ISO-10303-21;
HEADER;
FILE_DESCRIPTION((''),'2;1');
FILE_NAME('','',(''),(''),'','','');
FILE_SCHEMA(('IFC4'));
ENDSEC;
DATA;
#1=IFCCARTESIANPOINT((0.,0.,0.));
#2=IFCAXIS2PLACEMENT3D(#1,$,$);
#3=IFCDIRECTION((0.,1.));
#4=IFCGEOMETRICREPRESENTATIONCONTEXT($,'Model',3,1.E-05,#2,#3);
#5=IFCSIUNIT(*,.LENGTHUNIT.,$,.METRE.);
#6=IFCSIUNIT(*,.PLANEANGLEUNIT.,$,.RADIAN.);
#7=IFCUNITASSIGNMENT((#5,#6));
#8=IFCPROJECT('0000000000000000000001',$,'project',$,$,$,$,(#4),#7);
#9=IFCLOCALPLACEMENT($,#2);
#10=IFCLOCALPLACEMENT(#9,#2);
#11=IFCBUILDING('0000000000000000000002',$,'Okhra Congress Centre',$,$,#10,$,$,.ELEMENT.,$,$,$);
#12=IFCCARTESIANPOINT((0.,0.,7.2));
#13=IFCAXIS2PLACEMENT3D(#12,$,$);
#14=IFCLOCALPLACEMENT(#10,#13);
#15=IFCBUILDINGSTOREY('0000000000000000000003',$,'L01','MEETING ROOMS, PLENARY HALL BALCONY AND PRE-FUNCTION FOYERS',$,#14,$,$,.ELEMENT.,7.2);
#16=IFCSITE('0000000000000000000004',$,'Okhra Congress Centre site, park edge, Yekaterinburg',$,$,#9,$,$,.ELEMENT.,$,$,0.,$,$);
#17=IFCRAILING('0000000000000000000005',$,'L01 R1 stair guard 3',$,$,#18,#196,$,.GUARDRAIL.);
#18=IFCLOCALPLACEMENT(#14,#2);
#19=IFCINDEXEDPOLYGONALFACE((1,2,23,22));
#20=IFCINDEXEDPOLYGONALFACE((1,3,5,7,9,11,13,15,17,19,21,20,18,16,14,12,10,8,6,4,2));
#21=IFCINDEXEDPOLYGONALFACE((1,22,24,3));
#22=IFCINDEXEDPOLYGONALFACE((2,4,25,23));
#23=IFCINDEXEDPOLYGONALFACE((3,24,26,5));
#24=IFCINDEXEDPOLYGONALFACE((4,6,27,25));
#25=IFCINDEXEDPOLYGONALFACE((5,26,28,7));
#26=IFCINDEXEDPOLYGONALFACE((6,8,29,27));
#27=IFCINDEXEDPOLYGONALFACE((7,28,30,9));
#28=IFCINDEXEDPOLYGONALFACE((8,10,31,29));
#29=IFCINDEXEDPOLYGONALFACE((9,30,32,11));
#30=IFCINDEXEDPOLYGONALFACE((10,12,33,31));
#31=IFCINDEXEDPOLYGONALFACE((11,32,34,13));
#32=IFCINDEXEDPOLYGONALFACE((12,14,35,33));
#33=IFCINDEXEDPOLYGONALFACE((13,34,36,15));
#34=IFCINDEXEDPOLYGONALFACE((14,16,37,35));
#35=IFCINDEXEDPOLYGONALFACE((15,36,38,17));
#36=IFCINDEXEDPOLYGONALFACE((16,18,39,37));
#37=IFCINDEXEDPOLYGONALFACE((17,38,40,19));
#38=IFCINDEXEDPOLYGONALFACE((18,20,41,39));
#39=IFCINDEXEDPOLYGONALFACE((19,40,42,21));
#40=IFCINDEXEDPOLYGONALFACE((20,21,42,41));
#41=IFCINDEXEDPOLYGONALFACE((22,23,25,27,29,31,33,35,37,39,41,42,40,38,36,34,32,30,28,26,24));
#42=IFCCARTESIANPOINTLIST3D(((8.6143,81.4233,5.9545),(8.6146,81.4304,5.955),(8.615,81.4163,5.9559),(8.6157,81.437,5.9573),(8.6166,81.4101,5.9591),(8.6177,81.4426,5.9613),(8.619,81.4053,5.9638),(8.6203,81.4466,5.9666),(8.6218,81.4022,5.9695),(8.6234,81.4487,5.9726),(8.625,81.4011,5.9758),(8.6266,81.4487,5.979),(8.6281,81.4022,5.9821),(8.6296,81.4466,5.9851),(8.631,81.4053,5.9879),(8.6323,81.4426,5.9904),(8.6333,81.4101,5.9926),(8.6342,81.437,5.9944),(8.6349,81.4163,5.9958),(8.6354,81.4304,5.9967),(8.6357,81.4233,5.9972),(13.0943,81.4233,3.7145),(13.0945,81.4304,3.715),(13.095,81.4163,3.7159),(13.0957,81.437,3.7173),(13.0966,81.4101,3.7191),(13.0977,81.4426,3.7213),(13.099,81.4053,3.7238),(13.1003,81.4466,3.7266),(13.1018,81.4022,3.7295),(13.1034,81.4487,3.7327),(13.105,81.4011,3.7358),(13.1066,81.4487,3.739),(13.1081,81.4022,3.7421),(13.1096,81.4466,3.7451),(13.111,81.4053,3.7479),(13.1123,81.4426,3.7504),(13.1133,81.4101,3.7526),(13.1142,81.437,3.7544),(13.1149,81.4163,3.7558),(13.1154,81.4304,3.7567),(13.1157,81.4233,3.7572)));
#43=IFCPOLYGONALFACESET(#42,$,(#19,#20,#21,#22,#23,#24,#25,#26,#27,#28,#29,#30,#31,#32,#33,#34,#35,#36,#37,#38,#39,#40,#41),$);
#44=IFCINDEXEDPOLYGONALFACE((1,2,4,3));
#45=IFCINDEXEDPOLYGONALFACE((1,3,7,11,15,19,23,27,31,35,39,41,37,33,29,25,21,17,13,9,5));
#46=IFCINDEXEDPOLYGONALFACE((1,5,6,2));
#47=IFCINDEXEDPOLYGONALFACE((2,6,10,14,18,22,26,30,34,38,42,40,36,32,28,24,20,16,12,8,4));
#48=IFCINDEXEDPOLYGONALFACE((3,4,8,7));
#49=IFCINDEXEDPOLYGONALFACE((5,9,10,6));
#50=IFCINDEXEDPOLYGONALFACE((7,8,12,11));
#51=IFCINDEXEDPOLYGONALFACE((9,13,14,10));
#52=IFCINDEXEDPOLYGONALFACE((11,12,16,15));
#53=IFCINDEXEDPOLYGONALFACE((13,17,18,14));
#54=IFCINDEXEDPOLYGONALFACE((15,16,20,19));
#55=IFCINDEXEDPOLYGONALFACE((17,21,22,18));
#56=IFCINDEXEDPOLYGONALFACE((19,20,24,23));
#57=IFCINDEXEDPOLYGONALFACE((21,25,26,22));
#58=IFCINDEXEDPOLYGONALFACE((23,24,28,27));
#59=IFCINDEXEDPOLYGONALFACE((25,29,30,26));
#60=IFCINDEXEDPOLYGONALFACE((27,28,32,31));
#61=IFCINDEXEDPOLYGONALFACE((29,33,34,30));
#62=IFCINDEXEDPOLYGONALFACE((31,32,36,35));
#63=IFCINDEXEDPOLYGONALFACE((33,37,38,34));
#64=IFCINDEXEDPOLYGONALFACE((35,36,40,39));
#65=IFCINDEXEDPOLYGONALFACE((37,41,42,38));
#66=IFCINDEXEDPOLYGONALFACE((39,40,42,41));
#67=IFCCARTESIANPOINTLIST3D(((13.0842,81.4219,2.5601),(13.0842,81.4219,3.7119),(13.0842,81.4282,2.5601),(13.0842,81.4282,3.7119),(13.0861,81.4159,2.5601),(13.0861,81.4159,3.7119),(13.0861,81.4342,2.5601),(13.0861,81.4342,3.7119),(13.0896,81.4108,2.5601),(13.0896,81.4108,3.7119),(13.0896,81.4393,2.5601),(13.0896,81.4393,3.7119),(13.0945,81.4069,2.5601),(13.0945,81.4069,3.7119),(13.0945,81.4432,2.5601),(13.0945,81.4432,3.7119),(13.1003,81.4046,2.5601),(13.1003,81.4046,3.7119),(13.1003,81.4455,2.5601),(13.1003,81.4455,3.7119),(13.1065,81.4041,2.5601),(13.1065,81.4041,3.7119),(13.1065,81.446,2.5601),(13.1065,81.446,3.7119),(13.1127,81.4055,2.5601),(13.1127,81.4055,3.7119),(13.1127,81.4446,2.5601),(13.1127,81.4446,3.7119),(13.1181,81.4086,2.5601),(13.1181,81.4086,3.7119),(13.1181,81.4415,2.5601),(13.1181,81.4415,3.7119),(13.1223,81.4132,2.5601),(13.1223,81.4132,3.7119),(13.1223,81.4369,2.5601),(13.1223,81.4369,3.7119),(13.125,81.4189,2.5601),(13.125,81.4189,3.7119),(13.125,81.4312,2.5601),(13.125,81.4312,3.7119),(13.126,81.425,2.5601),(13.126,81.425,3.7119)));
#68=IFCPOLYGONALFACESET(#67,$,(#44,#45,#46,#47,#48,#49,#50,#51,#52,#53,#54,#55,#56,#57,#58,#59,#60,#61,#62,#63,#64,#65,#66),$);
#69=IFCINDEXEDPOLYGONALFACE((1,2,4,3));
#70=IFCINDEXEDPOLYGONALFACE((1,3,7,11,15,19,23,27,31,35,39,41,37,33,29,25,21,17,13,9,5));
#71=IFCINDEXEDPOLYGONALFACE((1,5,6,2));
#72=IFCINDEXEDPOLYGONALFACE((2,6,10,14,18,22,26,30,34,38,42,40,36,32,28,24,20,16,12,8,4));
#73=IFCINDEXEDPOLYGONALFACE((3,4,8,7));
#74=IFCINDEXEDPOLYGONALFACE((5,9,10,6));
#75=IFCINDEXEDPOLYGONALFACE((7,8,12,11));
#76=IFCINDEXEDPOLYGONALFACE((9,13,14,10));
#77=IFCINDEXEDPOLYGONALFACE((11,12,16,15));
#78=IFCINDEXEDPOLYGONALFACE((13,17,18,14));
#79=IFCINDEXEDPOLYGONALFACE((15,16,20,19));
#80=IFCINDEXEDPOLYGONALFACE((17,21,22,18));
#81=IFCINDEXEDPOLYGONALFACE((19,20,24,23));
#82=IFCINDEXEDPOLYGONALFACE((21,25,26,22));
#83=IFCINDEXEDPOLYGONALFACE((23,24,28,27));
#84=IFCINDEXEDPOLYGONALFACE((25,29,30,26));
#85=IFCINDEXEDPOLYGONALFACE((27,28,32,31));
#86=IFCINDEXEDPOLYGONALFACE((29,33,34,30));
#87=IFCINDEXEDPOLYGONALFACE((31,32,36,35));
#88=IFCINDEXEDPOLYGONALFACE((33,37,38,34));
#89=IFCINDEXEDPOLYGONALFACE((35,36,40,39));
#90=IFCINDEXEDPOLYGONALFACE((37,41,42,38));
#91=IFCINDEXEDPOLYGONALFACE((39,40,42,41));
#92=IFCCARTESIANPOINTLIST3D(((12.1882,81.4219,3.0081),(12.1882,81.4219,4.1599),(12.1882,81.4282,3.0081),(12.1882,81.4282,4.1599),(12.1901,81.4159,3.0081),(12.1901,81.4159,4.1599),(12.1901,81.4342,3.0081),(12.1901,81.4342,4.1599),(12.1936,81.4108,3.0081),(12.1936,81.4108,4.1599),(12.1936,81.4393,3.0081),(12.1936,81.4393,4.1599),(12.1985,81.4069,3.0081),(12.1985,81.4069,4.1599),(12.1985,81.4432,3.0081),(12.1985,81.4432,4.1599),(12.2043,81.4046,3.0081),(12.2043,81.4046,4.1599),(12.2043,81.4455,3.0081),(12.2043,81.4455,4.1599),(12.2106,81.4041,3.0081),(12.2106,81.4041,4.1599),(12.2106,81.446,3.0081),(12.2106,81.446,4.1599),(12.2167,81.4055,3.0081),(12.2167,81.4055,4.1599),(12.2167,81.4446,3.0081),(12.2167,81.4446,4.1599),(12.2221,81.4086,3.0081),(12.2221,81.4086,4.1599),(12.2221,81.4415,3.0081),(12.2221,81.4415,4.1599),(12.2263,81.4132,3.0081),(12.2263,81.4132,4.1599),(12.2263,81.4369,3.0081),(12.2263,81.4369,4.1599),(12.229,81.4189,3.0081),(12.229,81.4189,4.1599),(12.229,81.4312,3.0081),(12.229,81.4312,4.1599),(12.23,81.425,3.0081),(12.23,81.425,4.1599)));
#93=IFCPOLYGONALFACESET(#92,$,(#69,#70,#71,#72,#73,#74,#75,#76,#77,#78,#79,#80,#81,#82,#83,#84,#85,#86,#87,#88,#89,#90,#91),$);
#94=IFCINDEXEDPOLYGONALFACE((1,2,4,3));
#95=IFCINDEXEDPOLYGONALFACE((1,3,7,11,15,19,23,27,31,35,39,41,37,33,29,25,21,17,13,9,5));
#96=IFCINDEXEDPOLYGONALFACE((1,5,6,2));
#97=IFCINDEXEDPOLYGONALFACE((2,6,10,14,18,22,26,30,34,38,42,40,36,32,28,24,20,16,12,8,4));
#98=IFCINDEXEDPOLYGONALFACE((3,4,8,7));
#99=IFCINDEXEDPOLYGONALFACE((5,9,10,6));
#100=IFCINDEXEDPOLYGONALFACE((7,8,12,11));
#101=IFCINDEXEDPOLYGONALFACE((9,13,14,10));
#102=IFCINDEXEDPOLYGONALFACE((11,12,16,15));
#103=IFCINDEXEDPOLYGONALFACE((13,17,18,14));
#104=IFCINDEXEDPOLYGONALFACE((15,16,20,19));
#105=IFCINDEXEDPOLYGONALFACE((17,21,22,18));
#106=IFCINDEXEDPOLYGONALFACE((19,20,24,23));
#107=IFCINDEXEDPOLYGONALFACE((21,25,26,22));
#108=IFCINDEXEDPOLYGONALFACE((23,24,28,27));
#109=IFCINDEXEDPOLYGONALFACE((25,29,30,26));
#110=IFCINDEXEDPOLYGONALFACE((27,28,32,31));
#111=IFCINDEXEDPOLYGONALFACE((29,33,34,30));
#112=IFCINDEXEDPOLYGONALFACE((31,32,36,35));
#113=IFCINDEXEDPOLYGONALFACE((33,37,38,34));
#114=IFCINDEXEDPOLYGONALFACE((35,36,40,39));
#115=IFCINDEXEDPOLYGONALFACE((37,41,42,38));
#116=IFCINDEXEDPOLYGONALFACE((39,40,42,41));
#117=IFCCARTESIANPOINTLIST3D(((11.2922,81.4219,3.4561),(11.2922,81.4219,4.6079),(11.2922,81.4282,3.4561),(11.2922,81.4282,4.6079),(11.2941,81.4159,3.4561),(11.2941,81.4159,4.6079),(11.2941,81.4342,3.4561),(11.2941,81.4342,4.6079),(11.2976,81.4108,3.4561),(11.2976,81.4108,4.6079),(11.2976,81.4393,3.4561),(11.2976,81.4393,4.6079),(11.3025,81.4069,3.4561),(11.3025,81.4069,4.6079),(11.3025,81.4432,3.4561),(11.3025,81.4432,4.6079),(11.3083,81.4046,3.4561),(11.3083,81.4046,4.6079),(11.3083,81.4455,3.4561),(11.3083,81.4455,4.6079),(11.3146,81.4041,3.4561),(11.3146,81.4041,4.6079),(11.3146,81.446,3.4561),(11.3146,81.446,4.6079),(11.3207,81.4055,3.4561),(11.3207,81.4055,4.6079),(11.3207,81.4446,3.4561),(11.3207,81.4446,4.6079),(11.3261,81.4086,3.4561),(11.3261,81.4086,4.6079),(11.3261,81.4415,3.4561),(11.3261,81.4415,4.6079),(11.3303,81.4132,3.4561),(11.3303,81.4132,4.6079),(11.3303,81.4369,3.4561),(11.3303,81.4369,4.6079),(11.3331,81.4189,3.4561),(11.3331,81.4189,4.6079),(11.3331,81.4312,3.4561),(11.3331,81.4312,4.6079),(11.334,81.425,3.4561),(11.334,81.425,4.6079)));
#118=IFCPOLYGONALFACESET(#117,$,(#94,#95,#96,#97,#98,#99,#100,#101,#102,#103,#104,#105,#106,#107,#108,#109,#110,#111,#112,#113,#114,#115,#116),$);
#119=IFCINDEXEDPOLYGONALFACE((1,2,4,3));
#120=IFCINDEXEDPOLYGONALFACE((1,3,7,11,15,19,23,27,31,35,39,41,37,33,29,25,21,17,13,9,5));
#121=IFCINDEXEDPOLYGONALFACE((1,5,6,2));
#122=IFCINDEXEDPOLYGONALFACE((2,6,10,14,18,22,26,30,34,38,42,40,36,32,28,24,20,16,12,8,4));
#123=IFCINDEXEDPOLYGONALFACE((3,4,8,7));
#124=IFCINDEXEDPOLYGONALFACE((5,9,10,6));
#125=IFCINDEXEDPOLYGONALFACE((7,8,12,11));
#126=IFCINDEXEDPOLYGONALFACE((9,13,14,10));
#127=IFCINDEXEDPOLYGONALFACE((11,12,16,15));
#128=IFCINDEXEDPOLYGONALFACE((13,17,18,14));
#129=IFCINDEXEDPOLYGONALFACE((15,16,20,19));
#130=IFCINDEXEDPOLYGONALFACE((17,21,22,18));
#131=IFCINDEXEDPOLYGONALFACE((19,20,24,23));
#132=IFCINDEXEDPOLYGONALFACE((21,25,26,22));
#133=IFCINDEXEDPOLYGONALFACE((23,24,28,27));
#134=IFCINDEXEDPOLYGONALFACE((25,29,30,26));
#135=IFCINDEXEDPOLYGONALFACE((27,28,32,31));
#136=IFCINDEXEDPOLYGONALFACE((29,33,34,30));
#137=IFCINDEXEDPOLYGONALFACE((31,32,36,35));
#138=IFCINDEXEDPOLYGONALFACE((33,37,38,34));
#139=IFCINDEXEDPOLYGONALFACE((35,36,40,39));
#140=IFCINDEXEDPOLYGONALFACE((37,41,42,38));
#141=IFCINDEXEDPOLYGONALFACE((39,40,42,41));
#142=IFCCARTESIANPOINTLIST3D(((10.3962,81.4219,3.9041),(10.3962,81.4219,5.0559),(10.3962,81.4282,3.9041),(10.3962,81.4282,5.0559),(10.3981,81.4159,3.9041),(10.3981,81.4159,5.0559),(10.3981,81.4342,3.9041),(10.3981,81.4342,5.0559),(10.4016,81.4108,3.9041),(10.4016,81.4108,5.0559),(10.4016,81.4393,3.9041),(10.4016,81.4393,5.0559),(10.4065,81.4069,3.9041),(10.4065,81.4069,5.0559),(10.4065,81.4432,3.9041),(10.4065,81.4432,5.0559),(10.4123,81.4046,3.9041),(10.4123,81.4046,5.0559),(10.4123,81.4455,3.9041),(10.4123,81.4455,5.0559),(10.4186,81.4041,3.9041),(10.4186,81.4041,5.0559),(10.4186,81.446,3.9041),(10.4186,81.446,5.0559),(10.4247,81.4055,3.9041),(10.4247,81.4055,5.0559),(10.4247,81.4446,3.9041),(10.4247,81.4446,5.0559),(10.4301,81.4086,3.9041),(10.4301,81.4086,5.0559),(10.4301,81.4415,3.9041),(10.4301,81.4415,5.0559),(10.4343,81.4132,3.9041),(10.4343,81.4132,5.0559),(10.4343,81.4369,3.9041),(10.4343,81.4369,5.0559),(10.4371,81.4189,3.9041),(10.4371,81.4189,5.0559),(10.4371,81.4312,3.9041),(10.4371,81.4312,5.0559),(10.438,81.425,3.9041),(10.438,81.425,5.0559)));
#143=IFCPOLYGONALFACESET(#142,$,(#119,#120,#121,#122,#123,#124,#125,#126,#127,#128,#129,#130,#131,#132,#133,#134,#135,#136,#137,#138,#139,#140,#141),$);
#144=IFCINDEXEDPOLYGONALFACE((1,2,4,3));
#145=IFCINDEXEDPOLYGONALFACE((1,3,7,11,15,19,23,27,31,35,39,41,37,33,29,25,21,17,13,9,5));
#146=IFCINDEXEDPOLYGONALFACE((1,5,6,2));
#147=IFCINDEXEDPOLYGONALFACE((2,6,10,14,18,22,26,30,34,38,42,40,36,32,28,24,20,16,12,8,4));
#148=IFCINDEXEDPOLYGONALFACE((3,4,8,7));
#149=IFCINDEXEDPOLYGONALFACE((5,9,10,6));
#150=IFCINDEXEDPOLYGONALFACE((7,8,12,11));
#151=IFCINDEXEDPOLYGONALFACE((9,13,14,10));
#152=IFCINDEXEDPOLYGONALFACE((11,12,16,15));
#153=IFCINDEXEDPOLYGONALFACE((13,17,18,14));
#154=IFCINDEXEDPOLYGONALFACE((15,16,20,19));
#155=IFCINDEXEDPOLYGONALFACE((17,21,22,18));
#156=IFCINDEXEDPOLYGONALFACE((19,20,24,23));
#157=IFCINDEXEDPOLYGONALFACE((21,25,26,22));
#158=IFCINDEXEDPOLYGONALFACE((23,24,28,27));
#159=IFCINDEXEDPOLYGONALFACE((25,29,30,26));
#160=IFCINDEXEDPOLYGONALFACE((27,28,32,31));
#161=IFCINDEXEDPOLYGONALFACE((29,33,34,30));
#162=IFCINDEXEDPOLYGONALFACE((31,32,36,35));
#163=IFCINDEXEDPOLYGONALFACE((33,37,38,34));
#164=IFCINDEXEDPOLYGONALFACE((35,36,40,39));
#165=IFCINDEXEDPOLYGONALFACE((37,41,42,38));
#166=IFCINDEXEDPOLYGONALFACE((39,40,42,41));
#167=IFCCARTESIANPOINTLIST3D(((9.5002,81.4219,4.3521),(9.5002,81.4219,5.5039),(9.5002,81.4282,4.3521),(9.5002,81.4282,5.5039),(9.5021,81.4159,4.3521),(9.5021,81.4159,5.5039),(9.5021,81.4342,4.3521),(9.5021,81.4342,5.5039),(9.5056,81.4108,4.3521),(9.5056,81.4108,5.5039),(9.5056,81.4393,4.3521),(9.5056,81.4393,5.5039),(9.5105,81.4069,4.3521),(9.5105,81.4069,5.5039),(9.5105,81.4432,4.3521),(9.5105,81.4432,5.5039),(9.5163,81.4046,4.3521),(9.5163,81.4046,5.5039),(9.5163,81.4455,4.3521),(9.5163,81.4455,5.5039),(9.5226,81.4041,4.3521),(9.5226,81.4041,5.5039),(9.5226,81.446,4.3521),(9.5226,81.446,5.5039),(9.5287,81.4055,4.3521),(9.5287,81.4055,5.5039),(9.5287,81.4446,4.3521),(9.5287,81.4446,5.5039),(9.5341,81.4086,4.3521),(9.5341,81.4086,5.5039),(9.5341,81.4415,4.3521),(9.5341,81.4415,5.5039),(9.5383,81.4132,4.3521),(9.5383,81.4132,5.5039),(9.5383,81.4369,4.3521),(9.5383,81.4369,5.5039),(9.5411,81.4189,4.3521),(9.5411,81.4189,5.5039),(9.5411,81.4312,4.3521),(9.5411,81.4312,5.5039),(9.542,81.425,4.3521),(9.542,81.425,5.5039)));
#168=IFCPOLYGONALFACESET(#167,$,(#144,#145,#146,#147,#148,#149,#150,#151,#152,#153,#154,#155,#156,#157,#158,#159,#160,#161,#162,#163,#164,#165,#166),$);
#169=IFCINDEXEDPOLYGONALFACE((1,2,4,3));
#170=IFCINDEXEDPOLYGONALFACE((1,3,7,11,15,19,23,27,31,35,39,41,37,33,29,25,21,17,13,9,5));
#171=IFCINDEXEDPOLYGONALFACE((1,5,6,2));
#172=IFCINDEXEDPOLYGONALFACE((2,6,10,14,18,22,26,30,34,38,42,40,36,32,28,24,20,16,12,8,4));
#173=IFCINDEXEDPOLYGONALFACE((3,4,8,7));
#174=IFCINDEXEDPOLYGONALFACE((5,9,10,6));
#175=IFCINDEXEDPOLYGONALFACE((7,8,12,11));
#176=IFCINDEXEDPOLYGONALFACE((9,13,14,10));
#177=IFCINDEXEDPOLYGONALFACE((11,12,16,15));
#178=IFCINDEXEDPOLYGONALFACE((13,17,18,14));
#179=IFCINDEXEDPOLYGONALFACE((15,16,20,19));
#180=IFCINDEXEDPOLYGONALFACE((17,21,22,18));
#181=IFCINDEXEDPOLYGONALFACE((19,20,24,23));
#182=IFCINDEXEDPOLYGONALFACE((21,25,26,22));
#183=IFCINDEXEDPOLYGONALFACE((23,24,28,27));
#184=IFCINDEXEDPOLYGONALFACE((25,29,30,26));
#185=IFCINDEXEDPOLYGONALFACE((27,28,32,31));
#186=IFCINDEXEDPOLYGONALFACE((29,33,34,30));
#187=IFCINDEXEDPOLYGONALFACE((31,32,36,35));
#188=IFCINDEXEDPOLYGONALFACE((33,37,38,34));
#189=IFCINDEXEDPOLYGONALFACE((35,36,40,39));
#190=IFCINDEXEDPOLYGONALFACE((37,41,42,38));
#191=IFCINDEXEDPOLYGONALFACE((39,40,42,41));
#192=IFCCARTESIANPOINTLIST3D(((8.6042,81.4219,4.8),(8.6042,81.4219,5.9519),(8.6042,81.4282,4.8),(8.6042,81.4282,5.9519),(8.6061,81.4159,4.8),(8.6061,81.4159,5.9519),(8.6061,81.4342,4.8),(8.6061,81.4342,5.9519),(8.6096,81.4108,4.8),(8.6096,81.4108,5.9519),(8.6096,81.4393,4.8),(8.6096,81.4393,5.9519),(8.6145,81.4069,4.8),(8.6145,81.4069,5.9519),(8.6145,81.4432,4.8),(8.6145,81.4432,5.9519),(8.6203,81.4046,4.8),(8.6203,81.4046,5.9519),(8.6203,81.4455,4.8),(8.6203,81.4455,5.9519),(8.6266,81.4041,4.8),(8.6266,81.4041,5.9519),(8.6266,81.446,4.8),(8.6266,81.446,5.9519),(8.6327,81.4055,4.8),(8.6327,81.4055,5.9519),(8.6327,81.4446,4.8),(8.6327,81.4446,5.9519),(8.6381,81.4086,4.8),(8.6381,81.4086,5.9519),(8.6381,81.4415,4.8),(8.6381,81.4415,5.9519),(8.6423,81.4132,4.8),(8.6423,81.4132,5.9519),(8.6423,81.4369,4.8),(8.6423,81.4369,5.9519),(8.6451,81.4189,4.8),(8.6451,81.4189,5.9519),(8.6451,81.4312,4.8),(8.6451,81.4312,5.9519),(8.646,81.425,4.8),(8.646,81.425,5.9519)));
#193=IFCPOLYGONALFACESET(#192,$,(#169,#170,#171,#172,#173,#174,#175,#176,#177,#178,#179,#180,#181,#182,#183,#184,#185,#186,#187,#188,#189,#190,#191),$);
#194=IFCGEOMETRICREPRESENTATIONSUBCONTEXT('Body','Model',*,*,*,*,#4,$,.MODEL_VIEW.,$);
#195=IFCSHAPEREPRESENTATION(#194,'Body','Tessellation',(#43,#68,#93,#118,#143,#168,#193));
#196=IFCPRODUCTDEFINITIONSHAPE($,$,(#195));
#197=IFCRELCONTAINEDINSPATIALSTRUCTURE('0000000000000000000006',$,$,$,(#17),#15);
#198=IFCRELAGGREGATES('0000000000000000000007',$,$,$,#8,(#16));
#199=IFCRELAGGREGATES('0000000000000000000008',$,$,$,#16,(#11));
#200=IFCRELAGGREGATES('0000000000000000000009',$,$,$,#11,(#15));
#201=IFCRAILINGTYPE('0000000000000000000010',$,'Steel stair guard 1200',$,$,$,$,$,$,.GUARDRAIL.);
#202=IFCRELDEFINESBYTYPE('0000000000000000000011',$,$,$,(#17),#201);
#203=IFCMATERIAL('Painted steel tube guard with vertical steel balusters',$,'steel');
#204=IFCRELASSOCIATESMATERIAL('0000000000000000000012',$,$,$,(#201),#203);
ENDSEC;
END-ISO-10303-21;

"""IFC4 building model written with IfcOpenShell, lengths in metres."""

from ifc_helpers import new_model, si_unit, direction, frame, origin, origin_2d, place, context, subcontext, project, spatial, circle, extrude, material, type_object, element, save


model = new_model("IFC4")

# Units and contexts
model_context = context("Model", 3, precision=1e-05, world=origin(), true_north=direction((0.0, 1.0)))
body_context = subcontext(model_context, "Body", "Model", "MODEL_VIEW")
ifc_project = project(units=[si_unit("LENGTHUNIT", "METRE"), si_unit("PLANEANGLEUNIT", "RADIAN")], contexts=[model_context])

# Site, building, storey
site_placement = place(None, origin())
site = spatial("IfcSite", under=ifc_project, at=site_placement, Name="Okhra Congress Centre site, park edge, Yekaterinburg", CompositionType="ELEMENT", RefElevation=0.0)
building_placement = place(site_placement, origin())
building = spatial("IfcBuilding", under=site, at=building_placement, Name="Okhra Congress Centre", CompositionType="ELEMENT")
storey_placement = place(building_placement, frame((0.0, 0.0, 7.2)))
storey = spatial("IfcBuildingStorey", under=building, at=storey_placement, Name="L01", Description="MEETING ROOMS, PLENARY HALL BALCONY AND PRE-FUNCTION FOYERS", CompositionType="ELEMENT", Elevation=7.2)

# Railing
ifc_material_1 = material(Name="Painted steel tube guard with vertical steel balusters", Category="steel")
railing_type_1 = type_object("IfcRailingType", Name="Steel stair guard 1200", PredefinedType="GUARDRAIL", material=ifc_material_1)
railing_1_placement = place(storey_placement, frame((13.105, 81.425, 2.5601)))
element("IfcRailing", 1, at=railing_1_placement, inside=storey, type_object=railing_type_1, Name="L01 R1 stair guard 3", PredefinedType="GUARDRAIL", context=body_context, shape_type="SweptSolid", body=[
    extrude(circle(Radius=0.0239, at=origin_2d()), frame((0.0, 0.0, 1.1758), z_axis=(-0.894427, 0.0, 0.447214), x_axis=(0.0, -1.0, 0.0)), (0.0, 0.0, 1.0), 5.0088),
    extrude(circle(Radius=0.021, at=origin_2d()), origin(), (0.0, 0.0, 1.0), 1.1519),
    extrude(circle(Radius=0.021, at=origin_2d()), frame((-0.896, 0.0, 0.448)), (0.0, 0.0, 1.0), 1.1519),
    extrude(circle(Radius=0.021, at=origin_2d()), frame((-1.792, 0.0, 0.896)), (0.0, 0.0, 1.0), 1.1519),
    extrude(circle(Radius=0.021, at=origin_2d()), frame((-2.688, 0.0, 1.344)), (0.0, 0.0, 1.0), 1.1519),
    extrude(circle(Radius=0.021, at=origin_2d()), frame((-3.584, 0.0, 1.792)), (0.0, 0.0, 1.0), 1.1519),
    extrude(circle(Radius=0.021, at=origin_2d()), frame((-4.48, 0.0, 2.24)), (0.0, 0.0, 1.0), 1.1519),
])

save(model, "model.ifc")
